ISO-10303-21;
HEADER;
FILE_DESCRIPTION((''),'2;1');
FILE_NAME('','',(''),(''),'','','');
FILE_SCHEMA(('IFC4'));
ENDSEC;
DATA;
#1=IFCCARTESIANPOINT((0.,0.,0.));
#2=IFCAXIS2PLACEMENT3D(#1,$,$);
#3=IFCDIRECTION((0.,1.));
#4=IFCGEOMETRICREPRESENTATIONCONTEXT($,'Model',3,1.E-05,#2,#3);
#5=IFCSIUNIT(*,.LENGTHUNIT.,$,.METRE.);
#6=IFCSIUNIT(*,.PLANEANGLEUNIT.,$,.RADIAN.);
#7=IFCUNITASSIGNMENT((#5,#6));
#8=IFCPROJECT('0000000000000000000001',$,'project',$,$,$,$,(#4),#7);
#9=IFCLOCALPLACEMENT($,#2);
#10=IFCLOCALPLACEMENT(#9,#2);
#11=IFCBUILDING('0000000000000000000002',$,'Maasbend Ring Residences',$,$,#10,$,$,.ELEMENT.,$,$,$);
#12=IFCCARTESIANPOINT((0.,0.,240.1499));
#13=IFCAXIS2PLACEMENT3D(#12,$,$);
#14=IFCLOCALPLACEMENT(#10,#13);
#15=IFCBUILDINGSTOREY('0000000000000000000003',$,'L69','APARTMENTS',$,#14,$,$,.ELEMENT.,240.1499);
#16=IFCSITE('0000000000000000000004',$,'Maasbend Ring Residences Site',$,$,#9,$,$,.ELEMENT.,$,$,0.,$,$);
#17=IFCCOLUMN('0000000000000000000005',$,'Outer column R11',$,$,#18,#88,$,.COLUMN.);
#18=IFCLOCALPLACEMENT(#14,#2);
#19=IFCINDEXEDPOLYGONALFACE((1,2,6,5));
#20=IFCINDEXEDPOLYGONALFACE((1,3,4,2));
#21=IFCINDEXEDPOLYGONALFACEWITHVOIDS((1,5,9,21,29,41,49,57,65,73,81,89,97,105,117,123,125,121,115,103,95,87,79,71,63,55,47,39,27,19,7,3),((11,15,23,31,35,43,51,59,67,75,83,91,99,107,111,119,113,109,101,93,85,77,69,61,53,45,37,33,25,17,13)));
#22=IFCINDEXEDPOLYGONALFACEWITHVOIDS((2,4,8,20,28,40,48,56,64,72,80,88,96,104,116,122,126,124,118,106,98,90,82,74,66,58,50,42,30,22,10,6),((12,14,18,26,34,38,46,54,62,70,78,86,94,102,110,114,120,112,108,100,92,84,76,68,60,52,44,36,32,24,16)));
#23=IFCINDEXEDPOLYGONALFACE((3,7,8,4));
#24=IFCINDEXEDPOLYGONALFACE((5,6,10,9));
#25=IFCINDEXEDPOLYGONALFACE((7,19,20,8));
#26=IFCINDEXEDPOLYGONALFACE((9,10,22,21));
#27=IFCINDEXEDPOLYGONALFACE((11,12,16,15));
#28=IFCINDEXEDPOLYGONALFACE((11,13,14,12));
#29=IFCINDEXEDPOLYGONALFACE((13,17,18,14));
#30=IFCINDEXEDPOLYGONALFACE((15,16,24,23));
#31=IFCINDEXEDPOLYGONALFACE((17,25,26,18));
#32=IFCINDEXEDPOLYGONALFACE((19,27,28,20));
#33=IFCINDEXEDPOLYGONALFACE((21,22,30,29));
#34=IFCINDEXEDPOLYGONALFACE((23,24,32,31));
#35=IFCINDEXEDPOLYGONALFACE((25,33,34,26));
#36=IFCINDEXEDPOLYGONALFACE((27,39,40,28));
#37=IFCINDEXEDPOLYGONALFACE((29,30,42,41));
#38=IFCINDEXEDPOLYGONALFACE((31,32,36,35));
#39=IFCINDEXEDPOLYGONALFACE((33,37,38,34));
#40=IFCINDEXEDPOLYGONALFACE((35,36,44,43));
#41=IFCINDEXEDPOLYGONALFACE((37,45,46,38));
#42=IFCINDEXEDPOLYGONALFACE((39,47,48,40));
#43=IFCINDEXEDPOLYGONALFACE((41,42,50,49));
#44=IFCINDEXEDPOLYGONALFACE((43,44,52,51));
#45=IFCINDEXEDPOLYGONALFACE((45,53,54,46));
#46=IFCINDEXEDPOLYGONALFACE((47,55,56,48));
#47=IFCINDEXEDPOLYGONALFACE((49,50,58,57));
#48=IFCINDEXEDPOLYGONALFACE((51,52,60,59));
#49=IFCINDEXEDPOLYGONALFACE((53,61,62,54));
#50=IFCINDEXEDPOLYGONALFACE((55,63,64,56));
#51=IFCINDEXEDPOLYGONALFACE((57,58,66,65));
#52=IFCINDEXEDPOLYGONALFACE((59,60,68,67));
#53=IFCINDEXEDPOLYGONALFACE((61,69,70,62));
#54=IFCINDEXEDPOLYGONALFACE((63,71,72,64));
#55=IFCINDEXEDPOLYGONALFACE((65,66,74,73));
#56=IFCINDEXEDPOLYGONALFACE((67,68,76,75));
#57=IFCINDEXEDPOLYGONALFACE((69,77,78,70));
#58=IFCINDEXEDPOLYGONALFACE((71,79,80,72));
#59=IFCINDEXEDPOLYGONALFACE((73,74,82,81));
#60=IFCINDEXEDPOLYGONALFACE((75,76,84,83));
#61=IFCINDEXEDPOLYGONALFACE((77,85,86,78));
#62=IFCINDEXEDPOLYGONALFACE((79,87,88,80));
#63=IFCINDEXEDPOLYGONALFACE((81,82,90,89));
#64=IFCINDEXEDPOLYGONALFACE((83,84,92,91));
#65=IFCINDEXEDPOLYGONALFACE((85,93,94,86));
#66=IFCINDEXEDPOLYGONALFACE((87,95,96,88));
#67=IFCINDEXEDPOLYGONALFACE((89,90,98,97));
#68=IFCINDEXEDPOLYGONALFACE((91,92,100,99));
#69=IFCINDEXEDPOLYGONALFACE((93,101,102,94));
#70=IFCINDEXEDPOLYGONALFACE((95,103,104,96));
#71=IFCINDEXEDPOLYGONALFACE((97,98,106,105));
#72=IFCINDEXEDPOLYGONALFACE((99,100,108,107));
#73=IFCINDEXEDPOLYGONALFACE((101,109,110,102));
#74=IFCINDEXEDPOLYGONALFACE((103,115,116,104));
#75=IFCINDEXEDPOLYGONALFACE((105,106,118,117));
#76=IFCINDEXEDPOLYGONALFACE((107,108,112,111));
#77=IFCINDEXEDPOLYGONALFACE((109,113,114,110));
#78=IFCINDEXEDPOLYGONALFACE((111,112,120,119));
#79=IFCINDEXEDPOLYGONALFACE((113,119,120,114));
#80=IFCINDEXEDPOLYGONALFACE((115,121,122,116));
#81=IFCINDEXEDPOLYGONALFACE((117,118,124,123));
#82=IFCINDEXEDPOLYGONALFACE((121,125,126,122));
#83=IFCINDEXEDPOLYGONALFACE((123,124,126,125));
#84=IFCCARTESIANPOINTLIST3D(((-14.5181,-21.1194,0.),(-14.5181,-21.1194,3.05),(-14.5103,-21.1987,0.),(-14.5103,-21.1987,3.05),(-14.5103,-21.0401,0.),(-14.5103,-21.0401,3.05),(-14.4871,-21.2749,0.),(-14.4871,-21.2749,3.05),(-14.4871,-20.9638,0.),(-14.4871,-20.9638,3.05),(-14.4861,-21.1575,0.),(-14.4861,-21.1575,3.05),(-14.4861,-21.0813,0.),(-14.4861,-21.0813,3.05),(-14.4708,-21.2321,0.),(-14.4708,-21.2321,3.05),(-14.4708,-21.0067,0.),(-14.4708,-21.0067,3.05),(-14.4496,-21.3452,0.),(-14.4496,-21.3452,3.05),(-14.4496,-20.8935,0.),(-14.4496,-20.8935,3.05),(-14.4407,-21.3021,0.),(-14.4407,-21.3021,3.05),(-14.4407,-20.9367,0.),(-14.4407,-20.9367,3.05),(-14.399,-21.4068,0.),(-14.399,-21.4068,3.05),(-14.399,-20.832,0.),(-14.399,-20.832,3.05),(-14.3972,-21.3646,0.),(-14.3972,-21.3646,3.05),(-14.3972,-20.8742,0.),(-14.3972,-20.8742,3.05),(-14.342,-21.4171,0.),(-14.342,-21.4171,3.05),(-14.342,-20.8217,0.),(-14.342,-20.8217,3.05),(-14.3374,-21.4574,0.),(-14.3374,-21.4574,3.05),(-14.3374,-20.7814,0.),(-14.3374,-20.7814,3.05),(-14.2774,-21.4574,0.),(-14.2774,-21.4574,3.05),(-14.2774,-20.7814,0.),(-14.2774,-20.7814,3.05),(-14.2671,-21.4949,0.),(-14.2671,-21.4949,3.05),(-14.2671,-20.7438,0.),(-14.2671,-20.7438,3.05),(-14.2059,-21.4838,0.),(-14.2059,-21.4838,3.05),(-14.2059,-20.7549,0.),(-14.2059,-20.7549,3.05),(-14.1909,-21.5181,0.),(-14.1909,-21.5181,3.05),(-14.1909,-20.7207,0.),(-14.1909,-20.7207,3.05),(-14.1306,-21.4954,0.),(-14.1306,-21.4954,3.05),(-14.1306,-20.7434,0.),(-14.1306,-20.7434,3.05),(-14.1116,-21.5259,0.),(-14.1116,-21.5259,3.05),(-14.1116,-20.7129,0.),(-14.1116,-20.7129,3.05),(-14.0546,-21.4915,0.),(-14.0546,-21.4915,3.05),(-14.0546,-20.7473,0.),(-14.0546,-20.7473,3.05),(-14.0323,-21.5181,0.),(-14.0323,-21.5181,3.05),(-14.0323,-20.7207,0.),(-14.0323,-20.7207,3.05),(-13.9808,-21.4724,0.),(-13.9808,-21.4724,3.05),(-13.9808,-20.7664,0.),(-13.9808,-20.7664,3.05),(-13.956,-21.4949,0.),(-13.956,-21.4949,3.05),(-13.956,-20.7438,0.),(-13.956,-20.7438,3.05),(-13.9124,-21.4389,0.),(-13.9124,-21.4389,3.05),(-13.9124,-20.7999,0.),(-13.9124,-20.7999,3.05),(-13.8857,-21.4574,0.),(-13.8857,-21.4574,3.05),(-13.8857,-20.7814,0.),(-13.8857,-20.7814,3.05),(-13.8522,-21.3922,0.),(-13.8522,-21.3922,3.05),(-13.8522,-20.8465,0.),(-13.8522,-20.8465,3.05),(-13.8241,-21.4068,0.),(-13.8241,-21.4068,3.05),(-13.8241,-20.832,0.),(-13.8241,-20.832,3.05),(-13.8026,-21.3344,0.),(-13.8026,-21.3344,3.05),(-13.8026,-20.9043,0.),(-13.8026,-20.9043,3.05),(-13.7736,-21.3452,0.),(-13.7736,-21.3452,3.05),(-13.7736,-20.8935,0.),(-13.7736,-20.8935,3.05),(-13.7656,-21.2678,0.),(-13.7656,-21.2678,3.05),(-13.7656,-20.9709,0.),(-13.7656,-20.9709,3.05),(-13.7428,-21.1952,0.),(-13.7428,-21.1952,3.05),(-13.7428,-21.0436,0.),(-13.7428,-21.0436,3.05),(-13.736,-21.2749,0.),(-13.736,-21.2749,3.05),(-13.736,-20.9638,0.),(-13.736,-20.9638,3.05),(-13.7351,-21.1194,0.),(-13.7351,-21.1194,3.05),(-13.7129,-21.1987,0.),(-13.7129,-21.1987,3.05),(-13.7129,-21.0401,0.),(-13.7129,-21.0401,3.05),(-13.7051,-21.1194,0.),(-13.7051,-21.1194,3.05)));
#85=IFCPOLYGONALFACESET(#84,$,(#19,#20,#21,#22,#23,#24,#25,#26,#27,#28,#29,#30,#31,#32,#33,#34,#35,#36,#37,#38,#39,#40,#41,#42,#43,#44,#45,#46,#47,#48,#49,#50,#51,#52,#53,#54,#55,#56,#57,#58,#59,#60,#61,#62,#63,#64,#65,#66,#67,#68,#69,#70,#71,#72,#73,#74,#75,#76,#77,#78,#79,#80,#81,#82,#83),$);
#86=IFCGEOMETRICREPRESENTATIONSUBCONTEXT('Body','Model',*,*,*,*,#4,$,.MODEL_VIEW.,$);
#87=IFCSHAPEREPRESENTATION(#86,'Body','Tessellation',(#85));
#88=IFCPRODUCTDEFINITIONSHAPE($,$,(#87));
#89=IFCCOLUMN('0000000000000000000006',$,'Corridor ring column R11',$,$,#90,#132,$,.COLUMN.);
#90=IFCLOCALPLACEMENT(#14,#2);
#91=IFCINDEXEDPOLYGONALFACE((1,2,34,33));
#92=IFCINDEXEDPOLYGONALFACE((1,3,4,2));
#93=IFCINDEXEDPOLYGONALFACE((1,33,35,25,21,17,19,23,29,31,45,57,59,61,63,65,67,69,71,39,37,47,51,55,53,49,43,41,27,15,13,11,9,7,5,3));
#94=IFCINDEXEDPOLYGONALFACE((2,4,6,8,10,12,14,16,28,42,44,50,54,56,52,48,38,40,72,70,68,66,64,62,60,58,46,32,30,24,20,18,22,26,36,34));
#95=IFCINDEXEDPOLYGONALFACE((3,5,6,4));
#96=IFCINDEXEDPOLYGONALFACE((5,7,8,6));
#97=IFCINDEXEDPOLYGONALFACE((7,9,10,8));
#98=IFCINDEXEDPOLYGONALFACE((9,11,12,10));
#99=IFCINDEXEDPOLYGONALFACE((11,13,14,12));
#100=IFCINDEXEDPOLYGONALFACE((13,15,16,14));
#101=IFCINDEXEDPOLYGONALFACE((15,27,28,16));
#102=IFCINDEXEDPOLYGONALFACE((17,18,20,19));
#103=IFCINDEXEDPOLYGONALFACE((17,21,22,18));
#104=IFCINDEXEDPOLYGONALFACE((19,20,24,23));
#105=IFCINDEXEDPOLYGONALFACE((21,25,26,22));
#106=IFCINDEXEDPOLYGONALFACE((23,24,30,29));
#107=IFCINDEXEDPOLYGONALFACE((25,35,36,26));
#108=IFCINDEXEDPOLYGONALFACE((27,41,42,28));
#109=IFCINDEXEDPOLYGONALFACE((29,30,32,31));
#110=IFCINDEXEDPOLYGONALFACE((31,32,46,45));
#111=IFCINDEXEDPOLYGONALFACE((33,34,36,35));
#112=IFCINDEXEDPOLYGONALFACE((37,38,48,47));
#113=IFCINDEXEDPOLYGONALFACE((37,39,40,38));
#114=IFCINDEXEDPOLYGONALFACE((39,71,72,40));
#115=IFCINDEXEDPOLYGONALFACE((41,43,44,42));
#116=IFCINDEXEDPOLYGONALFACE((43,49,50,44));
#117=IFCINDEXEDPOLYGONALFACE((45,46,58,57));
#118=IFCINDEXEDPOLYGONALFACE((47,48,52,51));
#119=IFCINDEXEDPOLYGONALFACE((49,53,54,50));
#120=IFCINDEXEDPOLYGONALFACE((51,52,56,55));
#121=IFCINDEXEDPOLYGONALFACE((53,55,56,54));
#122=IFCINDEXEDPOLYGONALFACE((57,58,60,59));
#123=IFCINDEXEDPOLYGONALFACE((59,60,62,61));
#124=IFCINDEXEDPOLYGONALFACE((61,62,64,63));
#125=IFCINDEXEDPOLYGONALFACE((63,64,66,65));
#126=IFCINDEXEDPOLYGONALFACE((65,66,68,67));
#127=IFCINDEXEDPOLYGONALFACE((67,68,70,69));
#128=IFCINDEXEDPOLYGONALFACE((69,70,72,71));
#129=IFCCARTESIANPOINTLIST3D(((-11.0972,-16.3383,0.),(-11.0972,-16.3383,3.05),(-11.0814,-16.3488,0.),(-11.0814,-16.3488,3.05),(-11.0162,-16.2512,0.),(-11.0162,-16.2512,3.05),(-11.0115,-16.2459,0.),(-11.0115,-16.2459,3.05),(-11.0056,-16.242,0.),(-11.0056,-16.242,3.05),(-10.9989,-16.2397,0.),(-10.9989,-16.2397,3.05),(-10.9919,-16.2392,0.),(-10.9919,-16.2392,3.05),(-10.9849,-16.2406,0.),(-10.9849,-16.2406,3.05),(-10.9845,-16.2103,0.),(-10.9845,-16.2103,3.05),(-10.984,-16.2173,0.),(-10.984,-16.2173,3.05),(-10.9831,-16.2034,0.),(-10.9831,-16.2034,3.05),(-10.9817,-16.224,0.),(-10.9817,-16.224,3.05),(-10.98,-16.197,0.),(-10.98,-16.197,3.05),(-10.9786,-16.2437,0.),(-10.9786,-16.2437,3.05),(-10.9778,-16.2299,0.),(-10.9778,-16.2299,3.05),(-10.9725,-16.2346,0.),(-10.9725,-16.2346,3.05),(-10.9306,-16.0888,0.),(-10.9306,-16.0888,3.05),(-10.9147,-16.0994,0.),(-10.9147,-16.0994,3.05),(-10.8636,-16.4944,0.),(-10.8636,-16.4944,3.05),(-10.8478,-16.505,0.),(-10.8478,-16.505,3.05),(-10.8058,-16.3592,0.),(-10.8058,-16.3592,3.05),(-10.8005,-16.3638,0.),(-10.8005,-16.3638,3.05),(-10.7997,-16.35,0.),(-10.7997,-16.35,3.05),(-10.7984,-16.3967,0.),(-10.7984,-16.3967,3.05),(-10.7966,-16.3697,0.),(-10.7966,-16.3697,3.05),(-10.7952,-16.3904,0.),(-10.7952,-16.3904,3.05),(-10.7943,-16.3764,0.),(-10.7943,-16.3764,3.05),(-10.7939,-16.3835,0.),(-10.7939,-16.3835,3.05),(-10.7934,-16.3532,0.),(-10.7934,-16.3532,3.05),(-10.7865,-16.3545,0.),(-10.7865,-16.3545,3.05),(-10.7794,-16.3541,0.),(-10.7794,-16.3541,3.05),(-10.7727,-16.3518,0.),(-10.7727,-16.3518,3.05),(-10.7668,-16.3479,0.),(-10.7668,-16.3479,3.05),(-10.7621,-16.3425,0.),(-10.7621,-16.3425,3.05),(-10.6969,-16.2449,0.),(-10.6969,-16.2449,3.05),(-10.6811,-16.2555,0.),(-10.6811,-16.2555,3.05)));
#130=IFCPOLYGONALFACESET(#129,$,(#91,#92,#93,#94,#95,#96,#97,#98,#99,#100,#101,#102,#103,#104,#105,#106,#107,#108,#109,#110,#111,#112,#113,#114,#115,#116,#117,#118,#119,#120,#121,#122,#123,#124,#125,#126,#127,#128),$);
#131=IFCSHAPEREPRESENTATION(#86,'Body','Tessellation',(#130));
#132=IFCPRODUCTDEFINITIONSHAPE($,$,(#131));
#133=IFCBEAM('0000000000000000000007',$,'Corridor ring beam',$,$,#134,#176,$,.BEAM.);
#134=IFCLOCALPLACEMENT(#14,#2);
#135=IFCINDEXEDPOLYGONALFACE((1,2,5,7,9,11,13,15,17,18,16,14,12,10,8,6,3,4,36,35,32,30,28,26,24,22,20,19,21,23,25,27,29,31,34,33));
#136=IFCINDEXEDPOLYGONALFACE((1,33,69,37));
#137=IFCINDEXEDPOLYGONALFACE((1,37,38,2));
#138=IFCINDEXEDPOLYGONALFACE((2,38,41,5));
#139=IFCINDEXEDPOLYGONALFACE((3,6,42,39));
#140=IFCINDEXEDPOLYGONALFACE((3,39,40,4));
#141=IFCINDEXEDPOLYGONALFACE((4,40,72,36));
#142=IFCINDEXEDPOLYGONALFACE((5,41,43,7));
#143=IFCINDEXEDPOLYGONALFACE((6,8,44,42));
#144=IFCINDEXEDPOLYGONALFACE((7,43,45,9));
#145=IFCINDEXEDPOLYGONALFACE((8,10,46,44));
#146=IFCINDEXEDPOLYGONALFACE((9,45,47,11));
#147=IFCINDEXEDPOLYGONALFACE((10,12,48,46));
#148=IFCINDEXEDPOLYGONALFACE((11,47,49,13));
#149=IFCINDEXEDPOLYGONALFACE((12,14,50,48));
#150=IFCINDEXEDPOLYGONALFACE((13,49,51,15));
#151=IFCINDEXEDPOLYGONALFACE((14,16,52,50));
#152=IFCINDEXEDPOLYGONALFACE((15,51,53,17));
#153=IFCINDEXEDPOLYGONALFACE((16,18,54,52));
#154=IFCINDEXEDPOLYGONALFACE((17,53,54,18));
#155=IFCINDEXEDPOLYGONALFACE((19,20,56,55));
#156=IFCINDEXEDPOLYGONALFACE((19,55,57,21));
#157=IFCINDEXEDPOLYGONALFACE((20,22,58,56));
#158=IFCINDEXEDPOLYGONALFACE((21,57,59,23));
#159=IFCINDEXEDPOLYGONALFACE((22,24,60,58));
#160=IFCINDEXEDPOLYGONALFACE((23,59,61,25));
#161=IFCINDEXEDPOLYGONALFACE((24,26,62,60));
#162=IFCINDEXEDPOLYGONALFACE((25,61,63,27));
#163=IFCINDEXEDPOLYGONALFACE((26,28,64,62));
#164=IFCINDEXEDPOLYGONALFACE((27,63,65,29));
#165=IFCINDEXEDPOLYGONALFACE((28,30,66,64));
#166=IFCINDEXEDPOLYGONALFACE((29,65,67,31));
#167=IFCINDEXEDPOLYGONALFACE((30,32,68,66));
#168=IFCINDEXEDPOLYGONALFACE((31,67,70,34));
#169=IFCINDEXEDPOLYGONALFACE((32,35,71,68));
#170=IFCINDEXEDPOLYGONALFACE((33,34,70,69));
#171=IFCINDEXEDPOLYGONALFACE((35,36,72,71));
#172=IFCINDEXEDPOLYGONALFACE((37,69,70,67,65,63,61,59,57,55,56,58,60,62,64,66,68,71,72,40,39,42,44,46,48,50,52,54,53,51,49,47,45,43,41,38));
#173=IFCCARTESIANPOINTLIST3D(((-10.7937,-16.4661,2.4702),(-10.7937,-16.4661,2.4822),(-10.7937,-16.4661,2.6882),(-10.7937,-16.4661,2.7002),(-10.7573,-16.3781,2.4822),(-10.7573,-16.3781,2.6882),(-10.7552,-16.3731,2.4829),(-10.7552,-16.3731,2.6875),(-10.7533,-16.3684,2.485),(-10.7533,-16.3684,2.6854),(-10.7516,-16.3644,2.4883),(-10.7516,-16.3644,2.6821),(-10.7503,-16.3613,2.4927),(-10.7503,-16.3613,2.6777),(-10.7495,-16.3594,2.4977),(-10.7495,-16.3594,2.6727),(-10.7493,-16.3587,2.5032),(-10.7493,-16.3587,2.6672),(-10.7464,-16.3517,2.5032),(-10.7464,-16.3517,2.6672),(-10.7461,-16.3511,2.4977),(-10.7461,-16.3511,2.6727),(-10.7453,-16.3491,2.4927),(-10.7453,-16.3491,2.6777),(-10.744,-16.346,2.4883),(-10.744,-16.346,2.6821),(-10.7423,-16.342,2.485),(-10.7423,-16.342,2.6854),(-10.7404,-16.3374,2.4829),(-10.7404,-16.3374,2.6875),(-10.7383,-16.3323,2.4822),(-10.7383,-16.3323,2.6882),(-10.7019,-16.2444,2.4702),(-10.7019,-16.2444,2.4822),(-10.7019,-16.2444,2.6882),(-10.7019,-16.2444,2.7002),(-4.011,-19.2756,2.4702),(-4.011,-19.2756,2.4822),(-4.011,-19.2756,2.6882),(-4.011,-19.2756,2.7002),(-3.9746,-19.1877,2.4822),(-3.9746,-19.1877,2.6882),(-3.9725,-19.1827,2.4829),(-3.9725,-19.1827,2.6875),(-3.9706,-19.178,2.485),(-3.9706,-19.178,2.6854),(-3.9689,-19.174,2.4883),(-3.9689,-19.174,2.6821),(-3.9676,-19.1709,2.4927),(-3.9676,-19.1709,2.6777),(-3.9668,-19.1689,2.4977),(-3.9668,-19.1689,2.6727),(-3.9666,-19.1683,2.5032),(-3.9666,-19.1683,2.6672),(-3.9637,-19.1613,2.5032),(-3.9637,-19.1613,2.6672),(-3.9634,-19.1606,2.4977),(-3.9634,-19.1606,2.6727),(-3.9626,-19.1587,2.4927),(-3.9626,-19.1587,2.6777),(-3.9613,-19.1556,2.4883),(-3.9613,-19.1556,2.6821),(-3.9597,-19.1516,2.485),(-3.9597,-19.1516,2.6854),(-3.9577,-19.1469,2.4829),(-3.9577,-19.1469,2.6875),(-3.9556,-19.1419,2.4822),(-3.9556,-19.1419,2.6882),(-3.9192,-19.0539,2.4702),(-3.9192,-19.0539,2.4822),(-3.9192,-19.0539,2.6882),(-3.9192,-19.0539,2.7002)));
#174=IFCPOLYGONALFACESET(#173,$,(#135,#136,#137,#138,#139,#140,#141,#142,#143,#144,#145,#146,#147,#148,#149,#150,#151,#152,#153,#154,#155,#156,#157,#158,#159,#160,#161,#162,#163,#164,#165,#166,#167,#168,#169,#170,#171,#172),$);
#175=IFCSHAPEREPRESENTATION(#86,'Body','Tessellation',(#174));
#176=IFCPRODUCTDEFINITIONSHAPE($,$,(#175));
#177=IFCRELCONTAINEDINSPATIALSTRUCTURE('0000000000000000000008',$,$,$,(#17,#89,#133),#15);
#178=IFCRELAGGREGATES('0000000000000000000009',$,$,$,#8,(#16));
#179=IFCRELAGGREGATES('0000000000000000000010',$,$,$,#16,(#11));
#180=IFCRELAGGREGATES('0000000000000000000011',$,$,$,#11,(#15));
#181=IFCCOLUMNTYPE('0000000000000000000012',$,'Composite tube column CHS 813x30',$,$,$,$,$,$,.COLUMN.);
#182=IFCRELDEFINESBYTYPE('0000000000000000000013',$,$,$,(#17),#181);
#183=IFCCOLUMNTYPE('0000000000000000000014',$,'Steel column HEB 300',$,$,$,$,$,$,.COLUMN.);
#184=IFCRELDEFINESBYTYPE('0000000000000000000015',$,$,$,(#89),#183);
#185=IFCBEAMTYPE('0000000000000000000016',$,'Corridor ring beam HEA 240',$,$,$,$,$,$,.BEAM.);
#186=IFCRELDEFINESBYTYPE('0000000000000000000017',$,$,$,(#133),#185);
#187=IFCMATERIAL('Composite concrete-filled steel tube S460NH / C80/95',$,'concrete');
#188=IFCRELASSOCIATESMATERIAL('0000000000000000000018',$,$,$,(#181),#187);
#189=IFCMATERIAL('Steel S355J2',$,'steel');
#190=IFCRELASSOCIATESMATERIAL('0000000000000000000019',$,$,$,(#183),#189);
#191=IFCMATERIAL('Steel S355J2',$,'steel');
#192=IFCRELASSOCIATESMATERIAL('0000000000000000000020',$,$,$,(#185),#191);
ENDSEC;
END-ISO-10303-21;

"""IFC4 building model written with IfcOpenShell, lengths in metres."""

from ifc_helpers import new_model, si_unit, direction, frame, origin, origin_2d, place, context, subcontext, project, spatial, hollow_circle, i_section, extrude, material, material_profile, profile_set, type_object, element, save


model = new_model("IFC4")

# Units and contexts
model_context = context("Model", 3, precision=1e-05, world=origin(), true_north=direction((0.0, 1.0)))
body_context = subcontext(model_context, "Body", "Model", "MODEL_VIEW")
ifc_project = project(units=[si_unit("LENGTHUNIT", "METRE"), si_unit("PLANEANGLEUNIT", "RADIAN")], contexts=[model_context])

# Site, building, storey
site_placement = place(None, origin())
site = spatial("IfcSite", under=ifc_project, at=site_placement, Name="Maasbend Ring Residences Site", CompositionType="ELEMENT", RefElevation=0.0)
building_placement = place(site_placement, origin())
building = spatial("IfcBuilding", under=site, at=building_placement, Name="Maasbend Ring Residences", CompositionType="ELEMENT")
storey_placement = place(building_placement, frame((0.0, 0.0, 240.1499)))
storey = spatial("IfcBuildingStorey", under=building, at=storey_placement, Name="L69", Description="APARTMENTS", CompositionType="ELEMENT", Elevation=240.1499)

# Columns
ifc_material_1 = material(Name="Composite concrete-filled steel tube S460NH / C80/95", Category="concrete")
ifc_material_profile_1 = material_profile(ifc_material_1, hollow_circle(Radius=0.4065, WallThickness=0.03, at=origin_2d()), Name="Composite tube column CHS 813x30")
ifc_profile_set_1 = profile_set([ifc_material_profile_1], Name="Composite concrete-filled steel tube S460NH / C80/95")
column_type_1 = type_object("IfcColumnType", Name="Composite tube column CHS 813x30", PredefinedType="COLUMN", material=ifc_profile_set_1)
column_1_placement = place(storey_placement, frame((-14.1116, -21.1194, 0.0), z_axis=(0.0, 0.0, 1.0), x_axis=(1.0, 0.0, 0.0)))
element("IfcColumn", 1, at=column_1_placement, inside=storey, type_object=column_type_1, Name="Outer column R11", PredefinedType="COLUMN", context=body_context, shape_type="SweptSolid", body=[
    extrude(hollow_circle(Radius=0.4065, WallThickness=0.03, at=origin_2d()), origin(), (0.0, 0.0, 1.0), 3.05),
])
ifc_material_2 = material(Name="Steel S355J2", Category="steel")
ifc_material_profile_2 = material_profile(ifc_material_2, i_section(OverallWidth=0.3, OverallDepth=0.3, WebThickness=0.011, FlangeThickness=0.019, FilletRadius=0.0271, at=origin_2d()), Name="HEB 300")
ifc_profile_set_2 = profile_set([ifc_material_profile_2], Name="Steel S355J2")
column_type_2 = type_object("IfcColumnType", Name="Steel column HEB 300", PredefinedType="COLUMN", material=ifc_profile_set_2)
column_2_placement = place(storey_placement, frame((-10.8892, -16.2969, 0.0), z_axis=(0.0, 0.0, 1.0), x_axis=(-0.55557, -0.83147, 0.0)))
element("IfcColumn", 2, at=column_2_placement, inside=storey, type_object=column_type_2, Name="Corridor ring column R11", PredefinedType="COLUMN", context=body_context, shape_type="SweptSolid", body=[
    extrude(i_section(OverallWidth=0.3, OverallDepth=0.3, WebThickness=0.011, FlangeThickness=0.019, FilletRadius=0.0271, at=origin_2d()), origin(), (0.0, 0.0, 1.0), 3.05),
])

# Beam
ifc_material_3 = material(Name="Steel S355J2", Category="steel")
ifc_material_profile_3 = material_profile(ifc_material_3, i_section(OverallWidth=0.24, OverallDepth=0.23, WebThickness=0.0076, FlangeThickness=0.012, FilletRadius=0.021, at=origin_2d()), Name="HEA 240")
ifc_profile_set_3 = profile_set([ifc_material_profile_3], Name="Steel S355J2")
beam_type_1 = type_object("IfcBeamType", Name="Corridor ring beam HEA 240", PredefinedType="BEAM", material=ifc_profile_set_3)
beam_1_placement = place(storey_placement, frame((-10.7478, -16.3552, 2.5852), z_axis=(0.923876, -0.382692, 0.0), x_axis=(0.382692, 0.923876, 0.0)))
element("IfcBeam", 3, at=beam_1_placement, inside=storey, type_object=beam_type_1, Name="Corridor ring beam", PredefinedType="BEAM", context=body_context, shape_type="SweptSolid", body=[
    extrude(i_section(OverallWidth=0.24, OverallDepth=0.23, WebThickness=0.0076, FlangeThickness=0.012, FilletRadius=0.021, at=origin_2d()), origin(), (0.0, 0.0, 1.0), 7.3416),
])

save(model, "model.ifc")
